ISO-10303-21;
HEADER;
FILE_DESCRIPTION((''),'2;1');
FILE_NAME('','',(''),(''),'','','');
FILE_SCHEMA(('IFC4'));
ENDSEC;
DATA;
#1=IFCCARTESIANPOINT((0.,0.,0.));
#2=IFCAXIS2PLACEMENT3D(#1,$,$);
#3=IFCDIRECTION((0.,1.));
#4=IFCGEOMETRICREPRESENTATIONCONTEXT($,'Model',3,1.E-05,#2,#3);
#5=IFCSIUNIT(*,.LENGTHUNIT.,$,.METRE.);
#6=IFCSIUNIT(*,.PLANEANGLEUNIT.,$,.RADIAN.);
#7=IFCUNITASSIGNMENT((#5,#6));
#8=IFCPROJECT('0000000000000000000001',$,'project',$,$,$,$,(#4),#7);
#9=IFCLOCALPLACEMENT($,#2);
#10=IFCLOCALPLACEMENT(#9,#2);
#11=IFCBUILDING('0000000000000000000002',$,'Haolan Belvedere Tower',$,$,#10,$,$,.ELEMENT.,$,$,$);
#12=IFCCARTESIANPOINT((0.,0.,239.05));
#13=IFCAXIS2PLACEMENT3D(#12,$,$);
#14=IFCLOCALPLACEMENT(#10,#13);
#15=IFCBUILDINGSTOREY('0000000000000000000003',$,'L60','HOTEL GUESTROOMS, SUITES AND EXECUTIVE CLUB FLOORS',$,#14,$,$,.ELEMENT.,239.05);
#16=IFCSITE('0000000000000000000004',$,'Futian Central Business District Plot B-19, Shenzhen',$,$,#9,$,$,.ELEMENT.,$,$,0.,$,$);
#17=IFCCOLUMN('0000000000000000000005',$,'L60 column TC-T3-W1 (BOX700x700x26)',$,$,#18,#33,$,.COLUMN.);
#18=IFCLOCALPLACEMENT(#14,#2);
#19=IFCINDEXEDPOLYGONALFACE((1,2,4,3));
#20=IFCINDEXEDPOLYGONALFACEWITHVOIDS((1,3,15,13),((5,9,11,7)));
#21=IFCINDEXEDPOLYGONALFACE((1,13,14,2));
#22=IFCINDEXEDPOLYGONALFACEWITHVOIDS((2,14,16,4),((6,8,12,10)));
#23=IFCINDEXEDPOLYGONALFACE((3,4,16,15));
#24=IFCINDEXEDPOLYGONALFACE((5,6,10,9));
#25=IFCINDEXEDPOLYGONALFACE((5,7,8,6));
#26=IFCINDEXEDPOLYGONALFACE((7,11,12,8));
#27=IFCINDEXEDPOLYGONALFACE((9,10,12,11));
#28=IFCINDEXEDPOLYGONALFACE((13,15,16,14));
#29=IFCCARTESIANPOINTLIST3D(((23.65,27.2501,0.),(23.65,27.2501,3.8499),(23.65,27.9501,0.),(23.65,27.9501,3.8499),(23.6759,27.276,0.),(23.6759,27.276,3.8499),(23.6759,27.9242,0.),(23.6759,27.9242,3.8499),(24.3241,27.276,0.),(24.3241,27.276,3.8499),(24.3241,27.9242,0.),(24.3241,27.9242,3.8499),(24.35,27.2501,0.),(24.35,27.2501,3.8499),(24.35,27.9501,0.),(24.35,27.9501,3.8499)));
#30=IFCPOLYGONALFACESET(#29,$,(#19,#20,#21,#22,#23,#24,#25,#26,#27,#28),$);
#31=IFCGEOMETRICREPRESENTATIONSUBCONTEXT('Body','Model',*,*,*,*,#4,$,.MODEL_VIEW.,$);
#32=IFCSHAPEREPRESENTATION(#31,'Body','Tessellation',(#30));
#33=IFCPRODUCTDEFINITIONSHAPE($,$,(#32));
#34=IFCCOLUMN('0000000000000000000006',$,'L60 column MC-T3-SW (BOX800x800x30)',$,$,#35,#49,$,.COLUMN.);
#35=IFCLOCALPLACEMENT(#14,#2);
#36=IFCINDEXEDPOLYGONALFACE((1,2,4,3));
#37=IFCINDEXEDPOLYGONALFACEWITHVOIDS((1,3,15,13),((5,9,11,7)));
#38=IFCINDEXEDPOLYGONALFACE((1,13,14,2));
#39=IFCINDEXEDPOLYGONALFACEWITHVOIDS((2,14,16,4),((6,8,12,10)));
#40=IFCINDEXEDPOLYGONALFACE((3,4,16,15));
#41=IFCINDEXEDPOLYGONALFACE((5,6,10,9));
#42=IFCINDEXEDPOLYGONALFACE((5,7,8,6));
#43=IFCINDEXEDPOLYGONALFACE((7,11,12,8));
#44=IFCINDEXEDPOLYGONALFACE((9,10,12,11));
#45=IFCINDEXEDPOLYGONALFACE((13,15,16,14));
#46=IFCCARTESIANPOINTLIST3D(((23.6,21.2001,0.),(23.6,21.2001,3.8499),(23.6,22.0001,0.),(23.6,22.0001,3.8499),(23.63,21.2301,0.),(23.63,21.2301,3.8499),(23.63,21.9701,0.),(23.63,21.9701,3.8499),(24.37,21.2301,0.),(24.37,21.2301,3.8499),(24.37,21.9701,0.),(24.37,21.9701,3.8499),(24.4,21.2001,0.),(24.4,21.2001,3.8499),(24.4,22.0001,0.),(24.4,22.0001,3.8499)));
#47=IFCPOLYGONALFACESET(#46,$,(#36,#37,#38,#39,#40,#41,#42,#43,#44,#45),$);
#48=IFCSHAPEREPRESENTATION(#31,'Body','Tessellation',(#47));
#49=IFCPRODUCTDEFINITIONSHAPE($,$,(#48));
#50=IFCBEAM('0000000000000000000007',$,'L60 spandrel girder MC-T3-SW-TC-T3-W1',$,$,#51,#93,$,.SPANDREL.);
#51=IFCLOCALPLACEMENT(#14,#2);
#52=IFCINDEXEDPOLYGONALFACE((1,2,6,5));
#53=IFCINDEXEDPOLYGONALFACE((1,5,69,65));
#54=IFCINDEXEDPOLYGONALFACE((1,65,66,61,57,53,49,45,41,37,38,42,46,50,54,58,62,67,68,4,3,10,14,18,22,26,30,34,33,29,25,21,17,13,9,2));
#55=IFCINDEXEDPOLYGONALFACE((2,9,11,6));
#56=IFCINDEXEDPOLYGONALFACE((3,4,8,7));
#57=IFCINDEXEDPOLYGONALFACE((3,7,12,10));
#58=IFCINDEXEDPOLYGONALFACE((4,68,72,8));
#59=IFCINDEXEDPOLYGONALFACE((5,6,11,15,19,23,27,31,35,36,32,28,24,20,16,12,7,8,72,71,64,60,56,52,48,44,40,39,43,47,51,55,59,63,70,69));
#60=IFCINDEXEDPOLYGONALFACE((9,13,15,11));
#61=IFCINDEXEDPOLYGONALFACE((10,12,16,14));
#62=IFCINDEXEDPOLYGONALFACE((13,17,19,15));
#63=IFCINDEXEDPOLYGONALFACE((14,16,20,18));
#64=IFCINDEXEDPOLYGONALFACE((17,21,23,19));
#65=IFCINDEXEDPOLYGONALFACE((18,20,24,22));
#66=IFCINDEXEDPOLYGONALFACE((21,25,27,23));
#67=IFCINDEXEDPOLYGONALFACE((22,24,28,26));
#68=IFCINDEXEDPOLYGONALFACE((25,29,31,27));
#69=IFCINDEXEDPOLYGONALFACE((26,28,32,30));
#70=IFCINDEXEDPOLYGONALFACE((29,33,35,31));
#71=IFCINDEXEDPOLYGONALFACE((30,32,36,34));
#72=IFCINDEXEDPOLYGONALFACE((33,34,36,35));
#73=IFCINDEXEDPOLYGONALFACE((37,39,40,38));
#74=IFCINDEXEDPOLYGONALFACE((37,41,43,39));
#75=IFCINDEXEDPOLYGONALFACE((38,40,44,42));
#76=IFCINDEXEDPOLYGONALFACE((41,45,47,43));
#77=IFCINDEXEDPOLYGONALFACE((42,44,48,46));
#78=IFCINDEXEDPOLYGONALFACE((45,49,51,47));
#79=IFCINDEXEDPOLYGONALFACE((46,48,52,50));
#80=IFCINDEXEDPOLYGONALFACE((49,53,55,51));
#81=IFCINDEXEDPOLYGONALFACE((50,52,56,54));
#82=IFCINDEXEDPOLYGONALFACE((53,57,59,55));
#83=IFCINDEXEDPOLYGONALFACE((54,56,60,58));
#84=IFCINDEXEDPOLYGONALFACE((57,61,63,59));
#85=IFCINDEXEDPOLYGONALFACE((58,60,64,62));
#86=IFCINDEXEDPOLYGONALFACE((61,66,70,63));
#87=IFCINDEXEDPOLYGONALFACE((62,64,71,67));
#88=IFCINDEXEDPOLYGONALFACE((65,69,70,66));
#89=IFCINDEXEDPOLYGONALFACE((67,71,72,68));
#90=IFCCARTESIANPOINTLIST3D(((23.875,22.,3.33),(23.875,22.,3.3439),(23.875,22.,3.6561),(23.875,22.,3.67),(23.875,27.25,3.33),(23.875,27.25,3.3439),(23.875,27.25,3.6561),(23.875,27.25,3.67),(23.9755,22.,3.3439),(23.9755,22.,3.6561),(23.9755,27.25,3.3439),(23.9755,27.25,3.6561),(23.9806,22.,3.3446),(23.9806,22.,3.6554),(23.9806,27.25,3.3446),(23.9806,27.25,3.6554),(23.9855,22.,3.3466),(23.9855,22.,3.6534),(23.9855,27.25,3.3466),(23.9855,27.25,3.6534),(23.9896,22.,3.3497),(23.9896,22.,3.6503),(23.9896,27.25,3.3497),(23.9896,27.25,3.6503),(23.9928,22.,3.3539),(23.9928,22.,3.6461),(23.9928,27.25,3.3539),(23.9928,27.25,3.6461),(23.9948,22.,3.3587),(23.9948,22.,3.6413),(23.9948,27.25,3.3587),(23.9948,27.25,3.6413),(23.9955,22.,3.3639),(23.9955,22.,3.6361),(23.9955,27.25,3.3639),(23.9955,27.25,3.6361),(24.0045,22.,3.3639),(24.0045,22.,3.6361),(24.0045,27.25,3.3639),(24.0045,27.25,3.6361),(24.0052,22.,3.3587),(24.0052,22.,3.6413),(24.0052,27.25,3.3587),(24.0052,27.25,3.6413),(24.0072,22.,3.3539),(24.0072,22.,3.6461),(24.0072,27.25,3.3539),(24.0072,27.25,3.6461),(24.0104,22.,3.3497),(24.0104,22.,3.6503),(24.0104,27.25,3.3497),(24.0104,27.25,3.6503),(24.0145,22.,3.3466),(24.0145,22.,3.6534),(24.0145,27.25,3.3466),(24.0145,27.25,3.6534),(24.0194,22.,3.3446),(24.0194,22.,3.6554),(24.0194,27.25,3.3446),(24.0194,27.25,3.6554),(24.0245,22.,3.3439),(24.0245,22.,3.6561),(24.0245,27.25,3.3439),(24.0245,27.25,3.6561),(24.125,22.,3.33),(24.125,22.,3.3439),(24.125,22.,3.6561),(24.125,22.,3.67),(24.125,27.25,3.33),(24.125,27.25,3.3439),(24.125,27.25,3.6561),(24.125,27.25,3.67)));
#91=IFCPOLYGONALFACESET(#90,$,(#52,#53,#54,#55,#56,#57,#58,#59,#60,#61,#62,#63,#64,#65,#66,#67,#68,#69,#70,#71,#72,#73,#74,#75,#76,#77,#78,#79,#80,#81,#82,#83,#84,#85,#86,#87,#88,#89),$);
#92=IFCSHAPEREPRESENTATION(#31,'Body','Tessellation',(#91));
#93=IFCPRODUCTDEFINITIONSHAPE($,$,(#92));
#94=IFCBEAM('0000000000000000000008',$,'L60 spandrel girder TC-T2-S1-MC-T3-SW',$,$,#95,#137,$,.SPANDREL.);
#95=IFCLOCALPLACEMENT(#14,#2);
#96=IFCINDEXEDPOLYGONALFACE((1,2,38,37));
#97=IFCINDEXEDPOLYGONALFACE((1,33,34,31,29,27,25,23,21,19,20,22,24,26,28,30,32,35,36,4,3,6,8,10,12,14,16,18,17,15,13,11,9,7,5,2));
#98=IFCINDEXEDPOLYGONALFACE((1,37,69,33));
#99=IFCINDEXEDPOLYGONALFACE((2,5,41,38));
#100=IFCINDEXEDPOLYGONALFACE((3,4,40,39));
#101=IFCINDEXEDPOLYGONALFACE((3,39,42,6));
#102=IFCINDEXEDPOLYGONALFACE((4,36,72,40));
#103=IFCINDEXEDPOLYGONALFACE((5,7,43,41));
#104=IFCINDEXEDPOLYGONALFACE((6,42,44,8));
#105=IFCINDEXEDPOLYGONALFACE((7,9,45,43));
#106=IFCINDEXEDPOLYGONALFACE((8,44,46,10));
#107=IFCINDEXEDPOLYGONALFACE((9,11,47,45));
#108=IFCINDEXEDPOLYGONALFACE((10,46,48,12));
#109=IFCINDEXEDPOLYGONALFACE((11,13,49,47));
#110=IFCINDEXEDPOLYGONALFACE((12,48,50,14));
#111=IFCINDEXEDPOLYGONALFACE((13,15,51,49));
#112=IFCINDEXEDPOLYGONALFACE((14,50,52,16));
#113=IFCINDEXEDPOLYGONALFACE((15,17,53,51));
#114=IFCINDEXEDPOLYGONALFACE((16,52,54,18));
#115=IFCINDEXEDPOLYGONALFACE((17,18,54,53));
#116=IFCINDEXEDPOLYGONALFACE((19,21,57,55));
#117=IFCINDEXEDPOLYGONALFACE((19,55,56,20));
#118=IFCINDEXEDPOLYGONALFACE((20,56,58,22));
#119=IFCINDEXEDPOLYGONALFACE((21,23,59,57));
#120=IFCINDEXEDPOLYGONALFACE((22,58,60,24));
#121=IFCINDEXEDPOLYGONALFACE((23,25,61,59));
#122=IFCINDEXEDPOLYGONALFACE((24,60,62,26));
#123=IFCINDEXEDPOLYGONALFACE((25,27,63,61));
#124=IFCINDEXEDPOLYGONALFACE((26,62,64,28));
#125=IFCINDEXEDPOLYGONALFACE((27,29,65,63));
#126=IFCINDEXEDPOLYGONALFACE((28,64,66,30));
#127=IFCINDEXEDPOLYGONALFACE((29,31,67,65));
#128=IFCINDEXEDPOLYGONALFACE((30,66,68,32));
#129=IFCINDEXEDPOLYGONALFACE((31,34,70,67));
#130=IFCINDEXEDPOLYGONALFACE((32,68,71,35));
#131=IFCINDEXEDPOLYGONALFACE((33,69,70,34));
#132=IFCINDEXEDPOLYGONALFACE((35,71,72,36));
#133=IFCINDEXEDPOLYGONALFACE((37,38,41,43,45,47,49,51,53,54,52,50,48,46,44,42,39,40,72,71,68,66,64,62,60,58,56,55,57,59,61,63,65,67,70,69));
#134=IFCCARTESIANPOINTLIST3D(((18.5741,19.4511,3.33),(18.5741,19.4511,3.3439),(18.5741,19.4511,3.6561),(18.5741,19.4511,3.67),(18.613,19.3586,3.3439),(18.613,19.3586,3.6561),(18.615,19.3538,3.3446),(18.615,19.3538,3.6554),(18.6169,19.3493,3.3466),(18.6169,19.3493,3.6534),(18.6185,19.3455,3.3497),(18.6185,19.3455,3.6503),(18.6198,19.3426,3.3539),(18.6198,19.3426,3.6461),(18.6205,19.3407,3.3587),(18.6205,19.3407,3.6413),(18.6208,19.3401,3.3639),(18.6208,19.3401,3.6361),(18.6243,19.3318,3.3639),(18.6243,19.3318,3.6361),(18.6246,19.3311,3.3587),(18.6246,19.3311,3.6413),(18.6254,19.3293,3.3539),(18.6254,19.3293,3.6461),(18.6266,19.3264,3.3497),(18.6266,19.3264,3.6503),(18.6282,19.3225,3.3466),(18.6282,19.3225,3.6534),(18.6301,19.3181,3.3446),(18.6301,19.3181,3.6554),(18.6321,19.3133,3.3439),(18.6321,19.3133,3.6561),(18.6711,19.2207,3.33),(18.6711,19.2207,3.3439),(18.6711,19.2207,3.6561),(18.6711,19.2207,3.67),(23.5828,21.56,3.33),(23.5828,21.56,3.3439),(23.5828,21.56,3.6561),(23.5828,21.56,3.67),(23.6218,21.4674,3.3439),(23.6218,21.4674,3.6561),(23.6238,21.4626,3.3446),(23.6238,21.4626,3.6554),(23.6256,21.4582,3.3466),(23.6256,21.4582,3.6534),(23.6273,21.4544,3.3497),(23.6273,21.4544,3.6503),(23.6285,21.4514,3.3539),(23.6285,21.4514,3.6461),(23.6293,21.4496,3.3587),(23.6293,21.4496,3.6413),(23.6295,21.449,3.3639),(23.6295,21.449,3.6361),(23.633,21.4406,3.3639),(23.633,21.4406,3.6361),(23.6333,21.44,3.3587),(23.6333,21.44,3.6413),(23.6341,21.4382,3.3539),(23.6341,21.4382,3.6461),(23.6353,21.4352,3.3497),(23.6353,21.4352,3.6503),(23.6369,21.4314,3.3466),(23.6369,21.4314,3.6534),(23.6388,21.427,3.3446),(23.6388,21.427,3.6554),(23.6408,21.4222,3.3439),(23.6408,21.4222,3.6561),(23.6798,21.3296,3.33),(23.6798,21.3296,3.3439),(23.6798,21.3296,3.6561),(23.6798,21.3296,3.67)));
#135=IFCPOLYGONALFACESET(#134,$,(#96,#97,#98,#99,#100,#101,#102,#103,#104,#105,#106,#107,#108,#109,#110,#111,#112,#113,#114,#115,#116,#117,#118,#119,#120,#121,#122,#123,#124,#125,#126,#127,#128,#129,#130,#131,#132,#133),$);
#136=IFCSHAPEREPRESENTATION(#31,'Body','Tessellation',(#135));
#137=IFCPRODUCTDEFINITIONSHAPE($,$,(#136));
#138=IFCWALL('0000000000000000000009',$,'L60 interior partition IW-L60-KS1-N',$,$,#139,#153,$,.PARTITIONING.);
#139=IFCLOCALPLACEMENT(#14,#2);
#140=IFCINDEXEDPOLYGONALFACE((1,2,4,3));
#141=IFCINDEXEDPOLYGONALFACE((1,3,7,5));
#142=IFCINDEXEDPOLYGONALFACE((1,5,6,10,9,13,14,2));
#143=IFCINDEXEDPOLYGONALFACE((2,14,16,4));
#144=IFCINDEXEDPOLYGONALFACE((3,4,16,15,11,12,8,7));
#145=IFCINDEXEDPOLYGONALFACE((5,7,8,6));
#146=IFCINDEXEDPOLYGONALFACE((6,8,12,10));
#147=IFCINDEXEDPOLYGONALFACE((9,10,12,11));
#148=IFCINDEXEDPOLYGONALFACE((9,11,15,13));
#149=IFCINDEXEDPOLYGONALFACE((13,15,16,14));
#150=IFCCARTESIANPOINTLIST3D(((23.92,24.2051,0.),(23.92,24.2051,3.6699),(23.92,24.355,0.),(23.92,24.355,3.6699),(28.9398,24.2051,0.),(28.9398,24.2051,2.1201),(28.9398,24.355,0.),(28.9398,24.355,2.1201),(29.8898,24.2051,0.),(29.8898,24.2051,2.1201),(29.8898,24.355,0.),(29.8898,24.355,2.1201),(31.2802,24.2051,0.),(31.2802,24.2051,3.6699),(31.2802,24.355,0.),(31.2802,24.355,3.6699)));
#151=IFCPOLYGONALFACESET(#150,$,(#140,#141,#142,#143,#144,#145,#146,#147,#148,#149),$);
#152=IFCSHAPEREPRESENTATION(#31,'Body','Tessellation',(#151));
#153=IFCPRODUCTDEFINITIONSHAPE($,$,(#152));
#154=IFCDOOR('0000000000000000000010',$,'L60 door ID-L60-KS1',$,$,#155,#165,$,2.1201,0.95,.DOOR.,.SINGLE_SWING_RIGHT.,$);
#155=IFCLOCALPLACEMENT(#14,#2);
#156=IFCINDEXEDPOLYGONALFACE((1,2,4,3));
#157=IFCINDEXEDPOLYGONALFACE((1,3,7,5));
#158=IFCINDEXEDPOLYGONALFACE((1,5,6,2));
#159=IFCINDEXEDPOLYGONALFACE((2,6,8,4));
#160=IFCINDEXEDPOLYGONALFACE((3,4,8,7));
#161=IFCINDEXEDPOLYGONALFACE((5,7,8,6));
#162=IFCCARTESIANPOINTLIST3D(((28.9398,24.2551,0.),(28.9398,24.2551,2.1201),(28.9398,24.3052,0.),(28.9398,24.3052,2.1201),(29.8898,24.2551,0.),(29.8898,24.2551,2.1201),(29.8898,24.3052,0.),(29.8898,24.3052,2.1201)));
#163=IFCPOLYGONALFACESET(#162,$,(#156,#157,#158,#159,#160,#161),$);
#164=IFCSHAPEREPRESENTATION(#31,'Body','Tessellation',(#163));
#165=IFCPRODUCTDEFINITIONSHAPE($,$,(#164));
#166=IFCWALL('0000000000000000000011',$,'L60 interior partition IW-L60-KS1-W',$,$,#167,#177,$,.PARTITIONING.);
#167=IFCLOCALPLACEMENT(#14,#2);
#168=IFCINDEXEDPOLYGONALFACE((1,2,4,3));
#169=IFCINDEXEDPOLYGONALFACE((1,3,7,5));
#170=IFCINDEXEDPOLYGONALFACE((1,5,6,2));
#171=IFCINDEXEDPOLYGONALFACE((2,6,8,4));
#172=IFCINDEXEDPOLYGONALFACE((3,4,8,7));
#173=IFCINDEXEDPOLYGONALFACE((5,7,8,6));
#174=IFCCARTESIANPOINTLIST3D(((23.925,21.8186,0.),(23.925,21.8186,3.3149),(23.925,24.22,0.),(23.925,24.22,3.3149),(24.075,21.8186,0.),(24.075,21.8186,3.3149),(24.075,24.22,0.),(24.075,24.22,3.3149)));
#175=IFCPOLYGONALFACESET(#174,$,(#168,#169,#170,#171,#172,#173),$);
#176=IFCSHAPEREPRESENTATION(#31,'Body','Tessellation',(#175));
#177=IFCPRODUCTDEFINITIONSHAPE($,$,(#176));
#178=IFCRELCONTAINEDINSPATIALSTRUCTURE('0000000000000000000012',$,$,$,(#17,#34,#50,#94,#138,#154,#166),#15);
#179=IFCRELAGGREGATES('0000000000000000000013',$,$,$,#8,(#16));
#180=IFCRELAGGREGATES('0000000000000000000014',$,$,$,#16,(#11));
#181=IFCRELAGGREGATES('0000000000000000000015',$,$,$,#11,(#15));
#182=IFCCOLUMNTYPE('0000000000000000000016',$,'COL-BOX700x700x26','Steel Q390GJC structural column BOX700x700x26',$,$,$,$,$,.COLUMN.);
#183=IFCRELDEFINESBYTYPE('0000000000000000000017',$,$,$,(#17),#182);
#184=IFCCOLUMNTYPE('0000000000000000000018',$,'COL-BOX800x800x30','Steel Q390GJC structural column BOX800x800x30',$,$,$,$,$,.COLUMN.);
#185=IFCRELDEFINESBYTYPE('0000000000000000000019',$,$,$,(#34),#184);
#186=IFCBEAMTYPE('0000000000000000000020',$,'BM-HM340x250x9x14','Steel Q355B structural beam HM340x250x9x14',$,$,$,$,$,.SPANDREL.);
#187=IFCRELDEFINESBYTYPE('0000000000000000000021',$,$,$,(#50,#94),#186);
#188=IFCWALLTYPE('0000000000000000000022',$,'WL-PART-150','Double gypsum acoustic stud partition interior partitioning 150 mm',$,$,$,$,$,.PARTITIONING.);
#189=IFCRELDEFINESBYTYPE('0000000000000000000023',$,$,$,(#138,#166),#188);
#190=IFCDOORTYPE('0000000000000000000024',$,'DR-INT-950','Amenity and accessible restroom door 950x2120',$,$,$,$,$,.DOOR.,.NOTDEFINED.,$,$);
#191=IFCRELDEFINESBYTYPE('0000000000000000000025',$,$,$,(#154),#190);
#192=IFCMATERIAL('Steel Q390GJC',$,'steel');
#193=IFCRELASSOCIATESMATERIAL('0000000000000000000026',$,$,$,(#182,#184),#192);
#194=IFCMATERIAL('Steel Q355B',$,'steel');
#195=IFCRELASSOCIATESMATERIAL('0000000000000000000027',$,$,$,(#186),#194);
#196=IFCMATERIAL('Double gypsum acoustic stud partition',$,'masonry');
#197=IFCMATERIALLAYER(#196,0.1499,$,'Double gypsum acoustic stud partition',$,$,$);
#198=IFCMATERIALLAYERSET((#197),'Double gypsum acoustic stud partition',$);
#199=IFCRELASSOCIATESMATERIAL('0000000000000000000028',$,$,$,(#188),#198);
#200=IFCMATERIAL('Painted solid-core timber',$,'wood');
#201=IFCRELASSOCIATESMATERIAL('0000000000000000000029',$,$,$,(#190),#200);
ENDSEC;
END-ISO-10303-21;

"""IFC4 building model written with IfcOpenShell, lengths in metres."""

from ifc_helpers import new_model, si_unit, direction, frame, frame_2d, origin, origin_2d, place, context, subcontext, project, spatial, rectangle, hollow_rectangle, i_section, extrude, material, layer, layer_set, material_profile, profile_set, type_object, element, fill, save


model = new_model("IFC4")

# Units and contexts
model_context = context("Model", 3, precision=1e-05, world=origin(), true_north=direction((0.0, 1.0)))
body_context = subcontext(model_context, "Body", "Model", "MODEL_VIEW")
ifc_project = project(units=[si_unit("LENGTHUNIT", "METRE"), si_unit("PLANEANGLEUNIT", "RADIAN")], contexts=[model_context])

# Site, building, storey
site_placement = place(None, origin())
site = spatial("IfcSite", under=ifc_project, at=site_placement, Name="Futian Central Business District Plot B-19, Shenzhen", CompositionType="ELEMENT", RefElevation=0.0)
building_placement = place(site_placement, origin())
building = spatial("IfcBuilding", under=site, at=building_placement, Name="Haolan Belvedere Tower", CompositionType="ELEMENT")
storey_placement = place(building_placement, frame((0.0, 0.0, 239.05)))
storey = spatial("IfcBuildingStorey", under=building, at=storey_placement, Name="L60", Description="HOTEL GUESTROOMS, SUITES AND EXECUTIVE CLUB FLOORS", CompositionType="ELEMENT", Elevation=239.05)

# Columns
ifc_material_1 = material(Name="Steel Q390GJC", Category="steel")
ifc_material_profile_1 = material_profile(ifc_material_1, hollow_rectangle(XDim=0.7, YDim=0.7, WallThickness=0.0259, at=origin_2d()), Name="Steel Q390GJC")
ifc_profile_set_1 = profile_set([ifc_material_profile_1], Name="Steel Q390GJC")
column_type_1 = type_object("IfcColumnType", Name="COL-BOX700x700x26", Description="Steel Q390GJC structural column BOX700x700x26", PredefinedType="COLUMN", material=ifc_profile_set_1)
column_1_placement = place(storey_placement, frame((24.0, 27.6001, 0.0), z_axis=(0.0, 0.0, 1.0), x_axis=(1.0, 0.0, 0.0)))
element("IfcColumn", 1, at=column_1_placement, inside=storey, type_object=column_type_1, Name="L60 column TC-T3-W1 (BOX700x700x26)", PredefinedType="COLUMN", context=body_context, shape_type="SweptSolid", body=[
    extrude(hollow_rectangle(XDim=0.7, YDim=0.7, WallThickness=0.0259, at=origin_2d()), origin(), (0.0, 0.0, 1.0), 3.8499),
])
ifc_material_profile_2 = material_profile(ifc_material_1, hollow_rectangle(XDim=0.8, YDim=0.8, WallThickness=0.03, at=origin_2d()), Name="Steel Q390GJC")
ifc_profile_set_2 = profile_set([ifc_material_profile_2], Name="Steel Q390GJC")
column_type_2 = type_object("IfcColumnType", Name="COL-BOX800x800x30", Description="Steel Q390GJC structural column BOX800x800x30", PredefinedType="COLUMN", material=ifc_profile_set_2)
column_2_placement = place(storey_placement, frame((24.0, 21.6001, 0.0), z_axis=(0.0, 0.0, 1.0), x_axis=(1.0, 0.0, 0.0)))
element("IfcColumn", 2, at=column_2_placement, inside=storey, type_object=column_type_2, Name="L60 column MC-T3-SW (BOX800x800x30)", PredefinedType="COLUMN", context=body_context, shape_type="SweptSolid", body=[
    extrude(hollow_rectangle(XDim=0.8, YDim=0.8, WallThickness=0.03, at=origin_2d()), origin(), (0.0, 0.0, 1.0), 3.8499),
])

# Beams
ifc_material_2 = material(Name="Steel Q355B", Category="steel")
ifc_material_profile_3 = material_profile(ifc_material_2, i_section(OverallWidth=0.25, OverallDepth=0.3401, WebThickness=0.009, FlangeThickness=0.0139, FilletRadius=0.02, at=origin_2d()), Name="Steel Q355B")
ifc_profile_set_3 = profile_set([ifc_material_profile_3], Name="Steel Q355B")
beam_type = type_object("IfcBeamType", Name="BM-HM340x250x9x14", Description="Steel Q355B structural beam HM340x250x9x14", PredefinedType="SPANDREL", material=ifc_profile_set_3)
beam_1_placement = place(storey_placement, frame((24.0, 22.0, 3.5), z_axis=(0.0, 1.0, 0.0), x_axis=(-1.0, 0.0, 0.0)))
element("IfcBeam", 3, at=beam_1_placement, inside=storey, type_object=beam_type, Name="L60 spandrel girder MC-T3-SW-TC-T3-W1", PredefinedType="SPANDREL", context=body_context, shape_type="SweptSolid", body=[
    extrude(i_section(OverallWidth=0.25, OverallDepth=0.3401, WebThickness=0.009, FlangeThickness=0.0139, FilletRadius=0.02, at=origin_2d()), origin(), (0.0, 0.0, 1.0), 5.25),
])
beam_2_placement = place(storey_placement, frame((18.6226, 19.3359, 3.5), z_axis=(0.92164, 0.388045, 0.0), x_axis=(-0.388045, 0.92164, 0.0)))
element("IfcBeam", 4, at=beam_2_placement, inside=storey, type_object=beam_type, Name="L60 spandrel girder TC-T2-S1-MC-T3-SW", PredefinedType="SPANDREL", context=body_context, shape_type="SweptSolid", body=[
    extrude(i_section(OverallWidth=0.25, OverallDepth=0.3401, WebThickness=0.009, FlangeThickness=0.0139, FilletRadius=0.02, at=origin_2d()), origin(), (0.0, 0.0, 1.0), 5.4346),
])

# Wall, opening, door
ifc_material_3 = material(Name="Double gypsum acoustic stud partition", Category="masonry")
ifc_layer_1 = layer(ifc_material_3, 0.1499, Name="Double gypsum acoustic stud partition")
ifc_layer_set_1 = layer_set([ifc_layer_1], Name="Double gypsum acoustic stud partition")
wall_type_1 = type_object("IfcWallType", Name="WL-PART-150", Description="Double gypsum acoustic stud partition interior partitioning 150 mm", PredefinedType="PARTITIONING", material=ifc_layer_set_1)
wall_1_placement = place(storey_placement, frame((23.9199, 24.28, 0.0), z_axis=(0.0, 0.0, 1.0), x_axis=(1.0, 0.0, 0.0)))
wall_1 = element("IfcWall", 5, at=wall_1_placement, inside=storey, type_object=wall_type_1, Name="L60 interior partition IW-L60-KS1-N", PredefinedType="PARTITIONING", context=body_context, shape_type="SweptSolid", body=[
    extrude(rectangle(XDim=7.3601, YDim=0.1499, at=frame_2d((3.6802, 0.0))), origin(), (0.0, 0.0, 1.0), 3.6699),
])
opening_1_placement = place(wall_1_placement, frame((5.97, 0.0, 0.0), z_axis=(0.0, 0.0, 1.0), x_axis=(-1.0, 0.0, 0.0)))
opening_1 = element("IfcOpeningElement", 6, at=opening_1_placement, cuts=wall_1, PredefinedType="OPENING", context=body_context, shape_type="SweptSolid", body=[
    extrude(rectangle(XDim=0.95, YDim=2.1201, at=frame_2d((0.4751, 1.0601))), frame((0.0, 0.085, 0.0), z_axis=(0.0, -1.0, 0.0), x_axis=(1.0, 0.0, 0.0)), (0.0, 0.0, 1.0), 0.1699),
])
ifc_material_4 = material(Name="Painted solid-core timber", Category="wood")
door_type_1 = type_object("IfcDoorType", Name="DR-INT-950", Description="Amenity and accessible restroom door 950x2120", OperationType="NOTDEFINED", PredefinedType="DOOR", material=ifc_material_4)
door_1_placement = place(opening_1_placement, origin())
door_1 = element("IfcDoor", 7, at=door_1_placement, inside=storey, type_object=door_type_1, Name="L60 door ID-L60-KS1", OperationType="SINGLE_SWING_RIGHT", OverallHeight=2.1201, OverallWidth=0.95, PredefinedType="DOOR", context=body_context, shape_type="SweptSolid", body=[
    extrude(rectangle(XDim=0.95, YDim=2.1201, at=frame_2d((0.4751, 1.0601))), frame((0.0, 0.0249, 0.0), z_axis=(0.0, -1.0, 0.0), x_axis=(1.0, 0.0, 0.0)), (0.0, 0.0, 1.0), 0.05),
])
fill(opening_1, door_1)

# Wall
wall_2_placement = place(storey_placement, frame((24.0, 21.8186, 0.0), z_axis=(0.0, 0.0, 1.0), x_axis=(0.0, 1.0, 0.0)))
element("IfcWall", 8, at=wall_2_placement, inside=storey, type_object=wall_type_1, Name="L60 interior partition IW-L60-KS1-W", PredefinedType="PARTITIONING", context=body_context, shape_type="SweptSolid", body=[
    extrude(rectangle(XDim=2.4014, YDim=0.1499, at=frame_2d((1.2007, 0.0))), origin(), (0.0, 0.0, 1.0), 3.3149),
])

save(model, "model.ifc")
